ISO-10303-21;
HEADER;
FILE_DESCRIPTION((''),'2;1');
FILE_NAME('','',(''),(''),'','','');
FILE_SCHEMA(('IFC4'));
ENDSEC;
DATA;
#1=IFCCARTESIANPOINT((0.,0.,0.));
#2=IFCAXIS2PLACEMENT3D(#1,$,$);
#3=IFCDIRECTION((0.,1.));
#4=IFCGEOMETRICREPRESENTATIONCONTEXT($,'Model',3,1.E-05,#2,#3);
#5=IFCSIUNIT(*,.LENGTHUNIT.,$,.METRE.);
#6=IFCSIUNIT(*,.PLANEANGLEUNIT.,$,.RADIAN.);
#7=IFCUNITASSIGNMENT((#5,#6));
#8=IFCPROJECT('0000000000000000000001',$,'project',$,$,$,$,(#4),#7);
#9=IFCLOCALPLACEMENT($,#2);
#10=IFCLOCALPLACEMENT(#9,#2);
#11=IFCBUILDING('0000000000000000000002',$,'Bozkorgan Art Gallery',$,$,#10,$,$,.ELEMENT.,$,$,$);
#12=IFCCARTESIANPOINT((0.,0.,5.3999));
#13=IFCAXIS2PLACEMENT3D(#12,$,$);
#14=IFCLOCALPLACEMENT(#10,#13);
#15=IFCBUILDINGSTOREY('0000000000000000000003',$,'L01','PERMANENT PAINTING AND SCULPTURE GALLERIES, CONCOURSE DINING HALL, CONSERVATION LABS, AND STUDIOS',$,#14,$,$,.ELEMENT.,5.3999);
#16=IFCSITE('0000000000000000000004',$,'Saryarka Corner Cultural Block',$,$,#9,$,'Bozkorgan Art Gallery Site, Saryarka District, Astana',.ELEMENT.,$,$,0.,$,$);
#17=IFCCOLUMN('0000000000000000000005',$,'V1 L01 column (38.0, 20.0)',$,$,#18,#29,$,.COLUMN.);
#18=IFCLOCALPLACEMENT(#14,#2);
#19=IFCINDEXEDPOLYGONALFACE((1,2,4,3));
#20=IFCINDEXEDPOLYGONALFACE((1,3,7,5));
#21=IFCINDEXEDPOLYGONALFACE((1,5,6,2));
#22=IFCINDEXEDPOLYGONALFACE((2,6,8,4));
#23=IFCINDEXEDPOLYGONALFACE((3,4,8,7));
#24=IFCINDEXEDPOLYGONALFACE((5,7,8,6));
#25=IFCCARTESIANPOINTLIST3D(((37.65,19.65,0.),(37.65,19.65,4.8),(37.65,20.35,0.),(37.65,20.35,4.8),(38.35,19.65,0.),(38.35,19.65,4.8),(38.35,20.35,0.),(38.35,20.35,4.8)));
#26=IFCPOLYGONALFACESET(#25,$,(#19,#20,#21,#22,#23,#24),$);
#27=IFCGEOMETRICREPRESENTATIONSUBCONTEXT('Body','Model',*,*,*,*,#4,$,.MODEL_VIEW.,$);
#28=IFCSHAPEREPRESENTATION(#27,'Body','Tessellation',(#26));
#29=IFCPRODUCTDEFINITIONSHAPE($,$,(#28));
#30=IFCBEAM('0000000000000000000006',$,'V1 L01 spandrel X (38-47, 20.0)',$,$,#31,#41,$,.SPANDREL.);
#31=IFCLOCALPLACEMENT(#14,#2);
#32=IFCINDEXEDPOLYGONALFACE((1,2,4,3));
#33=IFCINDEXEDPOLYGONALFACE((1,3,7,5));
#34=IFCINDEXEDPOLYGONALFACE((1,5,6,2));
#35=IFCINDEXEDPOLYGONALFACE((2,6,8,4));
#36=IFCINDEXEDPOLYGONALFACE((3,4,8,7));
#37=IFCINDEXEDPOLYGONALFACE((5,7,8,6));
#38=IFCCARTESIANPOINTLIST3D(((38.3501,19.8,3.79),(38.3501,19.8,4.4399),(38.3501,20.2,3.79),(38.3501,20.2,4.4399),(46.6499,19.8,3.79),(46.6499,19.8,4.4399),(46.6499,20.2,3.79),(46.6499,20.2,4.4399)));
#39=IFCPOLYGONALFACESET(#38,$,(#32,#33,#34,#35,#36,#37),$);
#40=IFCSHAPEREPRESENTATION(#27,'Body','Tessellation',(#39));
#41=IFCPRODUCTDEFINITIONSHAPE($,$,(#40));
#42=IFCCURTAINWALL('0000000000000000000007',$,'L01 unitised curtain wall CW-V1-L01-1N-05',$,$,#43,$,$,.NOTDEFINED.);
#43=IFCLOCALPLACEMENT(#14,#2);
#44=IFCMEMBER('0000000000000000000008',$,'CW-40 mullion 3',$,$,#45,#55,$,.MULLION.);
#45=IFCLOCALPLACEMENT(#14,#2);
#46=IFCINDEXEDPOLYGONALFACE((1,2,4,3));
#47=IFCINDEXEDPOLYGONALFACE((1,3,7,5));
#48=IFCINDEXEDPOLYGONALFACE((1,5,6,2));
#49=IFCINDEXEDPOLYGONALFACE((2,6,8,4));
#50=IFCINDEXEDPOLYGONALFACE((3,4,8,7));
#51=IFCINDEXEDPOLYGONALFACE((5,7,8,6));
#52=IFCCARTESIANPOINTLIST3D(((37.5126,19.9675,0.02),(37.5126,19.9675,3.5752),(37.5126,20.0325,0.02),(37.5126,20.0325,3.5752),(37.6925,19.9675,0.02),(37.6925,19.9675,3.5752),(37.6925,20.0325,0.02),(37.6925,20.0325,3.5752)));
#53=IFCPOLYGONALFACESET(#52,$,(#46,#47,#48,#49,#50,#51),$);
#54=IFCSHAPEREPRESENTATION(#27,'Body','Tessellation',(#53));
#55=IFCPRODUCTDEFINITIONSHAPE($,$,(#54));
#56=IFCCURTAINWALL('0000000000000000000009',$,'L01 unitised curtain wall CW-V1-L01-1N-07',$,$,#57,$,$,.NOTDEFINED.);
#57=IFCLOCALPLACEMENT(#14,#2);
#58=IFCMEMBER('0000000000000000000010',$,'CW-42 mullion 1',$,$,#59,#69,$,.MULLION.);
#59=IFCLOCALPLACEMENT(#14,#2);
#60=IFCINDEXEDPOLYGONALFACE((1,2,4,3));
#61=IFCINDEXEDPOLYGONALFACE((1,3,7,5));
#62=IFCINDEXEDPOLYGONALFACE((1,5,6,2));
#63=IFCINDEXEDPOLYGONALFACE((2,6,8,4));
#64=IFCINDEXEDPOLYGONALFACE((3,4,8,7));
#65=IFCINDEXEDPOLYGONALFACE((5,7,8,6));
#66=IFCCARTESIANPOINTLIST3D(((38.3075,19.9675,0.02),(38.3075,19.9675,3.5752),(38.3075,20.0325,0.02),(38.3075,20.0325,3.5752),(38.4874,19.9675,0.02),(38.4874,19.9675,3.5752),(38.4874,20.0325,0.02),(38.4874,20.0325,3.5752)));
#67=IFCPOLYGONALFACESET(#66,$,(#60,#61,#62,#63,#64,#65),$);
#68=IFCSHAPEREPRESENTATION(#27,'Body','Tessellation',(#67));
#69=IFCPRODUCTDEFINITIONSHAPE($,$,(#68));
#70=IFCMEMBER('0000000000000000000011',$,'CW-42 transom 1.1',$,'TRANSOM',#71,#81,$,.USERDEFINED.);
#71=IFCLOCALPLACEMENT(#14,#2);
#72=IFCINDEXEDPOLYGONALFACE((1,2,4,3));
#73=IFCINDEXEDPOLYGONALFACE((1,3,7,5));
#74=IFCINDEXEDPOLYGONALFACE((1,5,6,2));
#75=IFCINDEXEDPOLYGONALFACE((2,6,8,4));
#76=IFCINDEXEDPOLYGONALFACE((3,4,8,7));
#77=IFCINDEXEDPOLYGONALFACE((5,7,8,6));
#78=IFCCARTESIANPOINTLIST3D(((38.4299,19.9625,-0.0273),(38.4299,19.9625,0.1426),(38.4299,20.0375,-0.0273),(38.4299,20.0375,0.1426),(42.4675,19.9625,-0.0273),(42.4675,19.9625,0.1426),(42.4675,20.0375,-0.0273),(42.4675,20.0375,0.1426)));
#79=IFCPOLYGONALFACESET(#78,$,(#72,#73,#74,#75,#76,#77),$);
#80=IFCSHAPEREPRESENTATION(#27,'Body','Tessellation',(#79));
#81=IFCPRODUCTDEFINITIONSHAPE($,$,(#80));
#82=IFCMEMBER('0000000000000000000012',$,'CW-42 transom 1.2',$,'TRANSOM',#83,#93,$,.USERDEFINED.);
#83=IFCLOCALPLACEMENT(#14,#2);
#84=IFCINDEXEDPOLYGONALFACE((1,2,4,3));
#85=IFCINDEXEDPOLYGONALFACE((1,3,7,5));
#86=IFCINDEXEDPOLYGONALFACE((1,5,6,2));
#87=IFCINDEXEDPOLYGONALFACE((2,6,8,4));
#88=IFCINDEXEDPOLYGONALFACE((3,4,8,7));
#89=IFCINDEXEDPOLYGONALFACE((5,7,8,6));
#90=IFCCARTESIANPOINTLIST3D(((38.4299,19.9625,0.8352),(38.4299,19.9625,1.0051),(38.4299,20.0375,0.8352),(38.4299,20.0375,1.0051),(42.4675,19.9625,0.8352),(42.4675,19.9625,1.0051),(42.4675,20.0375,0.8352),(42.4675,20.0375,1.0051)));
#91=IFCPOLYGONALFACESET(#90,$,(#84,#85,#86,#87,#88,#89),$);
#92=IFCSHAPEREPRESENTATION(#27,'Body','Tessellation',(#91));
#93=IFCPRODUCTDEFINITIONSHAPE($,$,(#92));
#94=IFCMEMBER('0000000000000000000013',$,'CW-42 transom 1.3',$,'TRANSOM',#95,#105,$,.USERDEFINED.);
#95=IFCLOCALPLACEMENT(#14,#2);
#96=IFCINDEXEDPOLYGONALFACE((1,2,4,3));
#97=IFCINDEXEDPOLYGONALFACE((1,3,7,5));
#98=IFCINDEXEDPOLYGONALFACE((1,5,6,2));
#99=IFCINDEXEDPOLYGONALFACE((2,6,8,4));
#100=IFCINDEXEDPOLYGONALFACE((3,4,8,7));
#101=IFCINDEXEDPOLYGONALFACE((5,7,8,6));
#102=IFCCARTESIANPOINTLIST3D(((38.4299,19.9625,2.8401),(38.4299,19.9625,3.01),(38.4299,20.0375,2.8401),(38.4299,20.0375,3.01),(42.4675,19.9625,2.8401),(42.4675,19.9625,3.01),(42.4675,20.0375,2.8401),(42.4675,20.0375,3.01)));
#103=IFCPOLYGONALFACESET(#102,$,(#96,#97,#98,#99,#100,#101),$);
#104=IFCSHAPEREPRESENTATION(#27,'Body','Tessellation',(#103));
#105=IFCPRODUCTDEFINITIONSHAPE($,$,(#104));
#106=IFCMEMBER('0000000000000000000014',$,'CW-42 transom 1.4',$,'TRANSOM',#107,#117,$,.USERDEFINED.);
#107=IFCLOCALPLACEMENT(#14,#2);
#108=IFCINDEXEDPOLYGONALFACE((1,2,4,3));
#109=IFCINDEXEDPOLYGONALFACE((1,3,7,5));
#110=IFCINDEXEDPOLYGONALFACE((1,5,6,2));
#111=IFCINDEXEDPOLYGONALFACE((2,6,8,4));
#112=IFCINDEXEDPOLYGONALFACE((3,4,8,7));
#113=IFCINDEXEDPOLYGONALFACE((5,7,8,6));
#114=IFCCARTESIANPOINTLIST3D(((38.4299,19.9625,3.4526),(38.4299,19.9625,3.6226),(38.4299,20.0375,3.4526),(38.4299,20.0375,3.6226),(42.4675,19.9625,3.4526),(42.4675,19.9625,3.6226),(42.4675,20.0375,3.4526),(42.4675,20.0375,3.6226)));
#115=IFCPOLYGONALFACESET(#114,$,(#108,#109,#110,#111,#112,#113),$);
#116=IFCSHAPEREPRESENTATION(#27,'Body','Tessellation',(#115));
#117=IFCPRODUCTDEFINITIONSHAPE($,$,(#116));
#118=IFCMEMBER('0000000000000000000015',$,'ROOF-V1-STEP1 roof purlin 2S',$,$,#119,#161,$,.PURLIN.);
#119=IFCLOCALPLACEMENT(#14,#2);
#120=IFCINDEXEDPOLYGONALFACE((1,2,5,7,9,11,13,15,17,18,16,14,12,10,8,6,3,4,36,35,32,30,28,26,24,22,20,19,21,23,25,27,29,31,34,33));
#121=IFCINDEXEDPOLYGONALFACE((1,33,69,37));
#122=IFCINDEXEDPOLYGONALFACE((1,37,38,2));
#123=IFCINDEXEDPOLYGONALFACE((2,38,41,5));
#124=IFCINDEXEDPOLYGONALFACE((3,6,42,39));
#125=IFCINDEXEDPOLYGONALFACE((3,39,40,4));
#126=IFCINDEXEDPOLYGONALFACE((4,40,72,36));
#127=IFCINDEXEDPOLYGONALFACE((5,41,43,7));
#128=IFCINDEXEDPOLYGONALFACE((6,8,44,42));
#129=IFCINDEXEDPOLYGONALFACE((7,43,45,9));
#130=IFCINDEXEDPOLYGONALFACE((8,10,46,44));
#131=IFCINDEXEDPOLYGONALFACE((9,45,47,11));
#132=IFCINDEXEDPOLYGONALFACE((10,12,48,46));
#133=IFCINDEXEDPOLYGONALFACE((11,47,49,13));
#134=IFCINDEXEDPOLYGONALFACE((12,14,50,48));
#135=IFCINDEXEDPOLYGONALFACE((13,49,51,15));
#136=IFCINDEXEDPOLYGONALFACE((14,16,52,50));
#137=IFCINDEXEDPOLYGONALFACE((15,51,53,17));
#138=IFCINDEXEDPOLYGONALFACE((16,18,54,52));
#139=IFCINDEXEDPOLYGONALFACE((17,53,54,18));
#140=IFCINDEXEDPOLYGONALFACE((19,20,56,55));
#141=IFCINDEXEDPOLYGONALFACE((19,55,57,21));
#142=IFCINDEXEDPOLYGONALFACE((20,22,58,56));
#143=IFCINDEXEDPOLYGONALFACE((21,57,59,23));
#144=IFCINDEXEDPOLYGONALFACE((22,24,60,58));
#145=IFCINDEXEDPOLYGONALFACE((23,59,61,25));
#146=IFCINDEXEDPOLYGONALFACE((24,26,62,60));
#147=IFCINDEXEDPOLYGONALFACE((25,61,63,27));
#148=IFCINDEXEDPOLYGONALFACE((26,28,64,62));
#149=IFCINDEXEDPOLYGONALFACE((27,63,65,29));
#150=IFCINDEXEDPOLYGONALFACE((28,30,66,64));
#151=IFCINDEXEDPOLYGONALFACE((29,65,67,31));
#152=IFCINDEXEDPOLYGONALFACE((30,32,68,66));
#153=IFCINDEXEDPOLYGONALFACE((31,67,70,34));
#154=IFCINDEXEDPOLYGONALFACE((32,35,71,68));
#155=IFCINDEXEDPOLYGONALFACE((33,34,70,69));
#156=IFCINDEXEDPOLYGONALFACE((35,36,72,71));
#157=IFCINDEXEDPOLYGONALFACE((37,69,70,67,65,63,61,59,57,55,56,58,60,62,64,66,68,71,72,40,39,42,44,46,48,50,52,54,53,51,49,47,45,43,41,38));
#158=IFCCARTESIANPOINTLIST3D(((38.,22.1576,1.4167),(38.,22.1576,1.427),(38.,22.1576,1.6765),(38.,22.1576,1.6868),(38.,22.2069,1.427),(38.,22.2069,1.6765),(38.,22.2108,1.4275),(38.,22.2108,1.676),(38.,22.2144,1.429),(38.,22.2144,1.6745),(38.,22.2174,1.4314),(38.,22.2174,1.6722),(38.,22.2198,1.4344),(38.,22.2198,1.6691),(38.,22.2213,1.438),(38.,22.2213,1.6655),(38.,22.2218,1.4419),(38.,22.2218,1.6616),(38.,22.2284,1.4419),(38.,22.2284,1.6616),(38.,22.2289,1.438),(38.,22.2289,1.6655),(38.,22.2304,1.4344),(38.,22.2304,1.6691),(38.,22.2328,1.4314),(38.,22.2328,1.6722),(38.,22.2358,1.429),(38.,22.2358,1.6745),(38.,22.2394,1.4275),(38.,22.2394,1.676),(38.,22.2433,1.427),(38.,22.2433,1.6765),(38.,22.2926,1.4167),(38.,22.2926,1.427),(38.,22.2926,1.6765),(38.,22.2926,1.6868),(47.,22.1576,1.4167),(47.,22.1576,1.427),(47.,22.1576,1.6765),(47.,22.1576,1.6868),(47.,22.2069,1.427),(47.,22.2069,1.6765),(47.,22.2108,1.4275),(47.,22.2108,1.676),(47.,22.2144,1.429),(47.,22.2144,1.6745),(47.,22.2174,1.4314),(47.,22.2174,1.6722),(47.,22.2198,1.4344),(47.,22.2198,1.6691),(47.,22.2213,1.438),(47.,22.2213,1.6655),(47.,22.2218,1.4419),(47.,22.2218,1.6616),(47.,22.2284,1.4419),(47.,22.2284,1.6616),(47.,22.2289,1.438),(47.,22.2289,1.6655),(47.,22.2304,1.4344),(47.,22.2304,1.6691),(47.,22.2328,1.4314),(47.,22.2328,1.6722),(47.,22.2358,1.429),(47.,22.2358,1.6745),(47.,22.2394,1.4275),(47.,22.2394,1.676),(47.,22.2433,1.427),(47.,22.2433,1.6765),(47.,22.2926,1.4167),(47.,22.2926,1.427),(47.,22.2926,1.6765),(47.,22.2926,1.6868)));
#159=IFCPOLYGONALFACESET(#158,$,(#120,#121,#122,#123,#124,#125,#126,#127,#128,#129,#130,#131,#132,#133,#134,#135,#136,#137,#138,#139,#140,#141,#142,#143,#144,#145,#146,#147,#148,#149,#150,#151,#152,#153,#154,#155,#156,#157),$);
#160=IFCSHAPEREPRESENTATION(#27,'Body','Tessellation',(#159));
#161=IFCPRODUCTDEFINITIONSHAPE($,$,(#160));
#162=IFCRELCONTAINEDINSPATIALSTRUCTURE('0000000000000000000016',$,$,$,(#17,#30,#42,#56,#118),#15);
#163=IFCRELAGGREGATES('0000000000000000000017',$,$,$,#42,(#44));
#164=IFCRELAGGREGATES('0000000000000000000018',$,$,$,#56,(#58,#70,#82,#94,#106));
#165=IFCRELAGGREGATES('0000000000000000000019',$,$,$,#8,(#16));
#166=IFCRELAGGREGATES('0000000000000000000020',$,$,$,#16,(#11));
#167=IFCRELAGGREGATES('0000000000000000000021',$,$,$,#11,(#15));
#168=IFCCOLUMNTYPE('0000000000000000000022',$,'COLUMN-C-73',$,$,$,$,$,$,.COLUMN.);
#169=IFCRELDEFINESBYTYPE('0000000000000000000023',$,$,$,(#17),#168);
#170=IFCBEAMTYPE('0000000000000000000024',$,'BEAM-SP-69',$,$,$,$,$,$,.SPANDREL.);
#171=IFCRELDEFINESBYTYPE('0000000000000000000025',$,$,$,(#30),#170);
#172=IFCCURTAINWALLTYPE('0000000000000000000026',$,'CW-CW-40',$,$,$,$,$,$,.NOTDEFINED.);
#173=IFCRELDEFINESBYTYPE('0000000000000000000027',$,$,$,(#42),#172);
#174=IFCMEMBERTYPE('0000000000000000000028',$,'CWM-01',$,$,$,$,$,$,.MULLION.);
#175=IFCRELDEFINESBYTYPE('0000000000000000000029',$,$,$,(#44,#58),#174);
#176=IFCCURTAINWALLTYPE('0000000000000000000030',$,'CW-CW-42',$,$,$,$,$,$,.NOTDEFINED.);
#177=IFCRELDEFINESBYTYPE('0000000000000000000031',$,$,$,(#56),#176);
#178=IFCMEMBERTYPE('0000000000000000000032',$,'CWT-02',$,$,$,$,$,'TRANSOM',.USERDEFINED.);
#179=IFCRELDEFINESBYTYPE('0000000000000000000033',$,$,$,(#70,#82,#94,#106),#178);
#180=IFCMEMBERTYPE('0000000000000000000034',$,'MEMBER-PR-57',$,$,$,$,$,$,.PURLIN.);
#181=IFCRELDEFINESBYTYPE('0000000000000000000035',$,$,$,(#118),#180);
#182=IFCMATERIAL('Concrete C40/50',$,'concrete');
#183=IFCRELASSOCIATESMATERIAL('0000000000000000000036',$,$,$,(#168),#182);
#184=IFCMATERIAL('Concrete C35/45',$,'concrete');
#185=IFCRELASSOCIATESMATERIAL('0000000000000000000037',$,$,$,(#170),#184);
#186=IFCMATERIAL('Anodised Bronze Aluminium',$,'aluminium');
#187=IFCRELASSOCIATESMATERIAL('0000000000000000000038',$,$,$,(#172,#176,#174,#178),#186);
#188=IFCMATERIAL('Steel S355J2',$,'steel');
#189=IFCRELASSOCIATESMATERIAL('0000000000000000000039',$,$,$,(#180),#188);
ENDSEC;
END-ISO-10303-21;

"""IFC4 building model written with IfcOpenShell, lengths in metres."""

from ifc_helpers import new_model, si_unit, direction, frame, origin, origin_2d, place, context, subcontext, project, spatial, rectangle, i_section, extrude, material, material_profile, profile_set, type_object, element, aggregate, save


model = new_model("IFC4")

# Units and contexts
model_context = context("Model", 3, precision=1e-05, world=origin(), true_north=direction((0.0, 1.0)))
body_context = subcontext(model_context, "Body", "Model", "MODEL_VIEW")
ifc_project = project(units=[si_unit("LENGTHUNIT", "METRE"), si_unit("PLANEANGLEUNIT", "RADIAN")], contexts=[model_context])

# Site, building, storey
site_placement = place(None, origin())
site = spatial("IfcSite", under=ifc_project, at=site_placement, Name="Saryarka Corner Cultural Block", LongName="Bozkorgan Art Gallery Site, Saryarka District, Astana", CompositionType="ELEMENT", RefElevation=0.0)
building_placement = place(site_placement, origin())
building = spatial("IfcBuilding", under=site, at=building_placement, Name="Bozkorgan Art Gallery", CompositionType="ELEMENT")
storey_placement = place(building_placement, frame((0.0, 0.0, 5.3999)))
storey = spatial("IfcBuildingStorey", under=building, at=storey_placement, Name="L01", Description="PERMANENT PAINTING AND SCULPTURE GALLERIES, CONCOURSE DINING HALL, CONSERVATION LABS, AND STUDIOS", CompositionType="ELEMENT", Elevation=5.3999)

# Column
ifc_material_1 = material(Name="Concrete C40/50", Category="concrete")
ifc_material_profile_1 = material_profile(ifc_material_1, rectangle(XDim=0.7, YDim=0.7, at=origin_2d()), Name="RC 700x700")
ifc_profile_set_1 = profile_set([ifc_material_profile_1], Name="Concrete C40/50")
column_type = type_object("IfcColumnType", Name="COLUMN-C-73", PredefinedType="COLUMN", material=ifc_profile_set_1)
column_placement = place(storey_placement, frame((38.0, 20.0, 0.0), z_axis=(0.0, 0.0, 1.0), x_axis=(1.0, 0.0, 0.0)))
element("IfcColumn", 1, at=column_placement, inside=storey, type_object=column_type, Name="V1 L01 column (38.0, 20.0)", PredefinedType="COLUMN", context=body_context, shape_type="SweptSolid", body=[
    extrude(rectangle(XDim=0.7, YDim=0.7, at=origin_2d()), origin(), (0.0, 0.0, 1.0), 4.8),
])

# Beam
ifc_material_2 = material(Name="Concrete C35/45", Category="concrete")
ifc_material_profile_2 = material_profile(ifc_material_2, rectangle(XDim=0.3999, YDim=0.6499, at=origin_2d()), Name="RC 400x650")
ifc_profile_set_2 = profile_set([ifc_material_profile_2], Name="Concrete C35/45")
beam_type = type_object("IfcBeamType", Name="BEAM-SP-69", PredefinedType="SPANDREL", material=ifc_profile_set_2)
beam_placement = place(storey_placement, frame((38.3501, 20.0, 4.115), z_axis=(1.0, 0.0, 0.0), x_axis=(0.0, 1.0, 0.0)))
element("IfcBeam", 2, at=beam_placement, inside=storey, type_object=beam_type, Name="V1 L01 spandrel X (38-47, 20.0)", PredefinedType="SPANDREL", context=body_context, shape_type="SweptSolid", body=[
    extrude(rectangle(XDim=0.3999, YDim=0.6499, at=origin_2d()), origin(), (0.0, 0.0, 1.0), 8.2998),
])

# Curtain wall, member
ifc_material_3 = material(Name="Anodised Bronze Aluminium", Category="aluminium")
curtain_wall_type_1 = type_object("IfcCurtainWallType", Name="CW-CW-40", PredefinedType="NOTDEFINED", material=ifc_material_3)
curtain_wall_1_placement = place(storey_placement, origin())
curtain_wall_1 = element("IfcCurtainWall", 3, at=curtain_wall_1_placement, inside=storey, type_object=curtain_wall_type_1, Name="L01 unitised curtain wall CW-V1-L01-1N-05", PredefinedType="NOTDEFINED")
ifc_material_profile_3 = material_profile(ifc_material_3, rectangle(XDim=0.0649, YDim=0.1799, at=origin_2d()), Name="ALU MULLION 65x180")
ifc_profile_set_3 = profile_set([ifc_material_profile_3], Name="Anodised Bronze Aluminium")
member_type_1 = type_object("IfcMemberType", Name="CWM-01", PredefinedType="MULLION", material=ifc_profile_set_3)
member_1_placement = place(storey_placement, frame((37.6025, 20.0, 0.02), z_axis=(0.0, 0.0, 1.0), x_axis=(0.0, 1.0, 0.0)))
member_1 = element("IfcMember", 4, at=member_1_placement, type_object=member_type_1, Name="CW-40 mullion 3", PredefinedType="MULLION", context=body_context, shape_type="SweptSolid", body=[
    extrude(rectangle(XDim=0.0649, YDim=0.1799, at=origin_2d()), origin(), (0.0, 0.0, 1.0), 3.5552),
])

# Curtain wall, members
curtain_wall_type_2 = type_object("IfcCurtainWallType", Name="CW-CW-42", PredefinedType="NOTDEFINED", material=ifc_material_3)
curtain_wall_2_placement = place(storey_placement, origin())
curtain_wall_2 = element("IfcCurtainWall", 5, at=curtain_wall_2_placement, inside=storey, type_object=curtain_wall_type_2, Name="L01 unitised curtain wall CW-V1-L01-1N-07", PredefinedType="NOTDEFINED")
member_2_placement = place(storey_placement, frame((38.3975, 20.0, 0.02), z_axis=(0.0, 0.0, 1.0), x_axis=(0.0, 1.0, 0.0)))
member_2 = element("IfcMember", 6, at=member_2_placement, type_object=member_type_1, Name="CW-42 mullion 1", PredefinedType="MULLION", context=body_context, shape_type="SweptSolid", body=[
    extrude(rectangle(XDim=0.0649, YDim=0.1799, at=origin_2d()), origin(), (0.0, 0.0, 1.0), 3.5552),
])
ifc_material_profile_4 = material_profile(ifc_material_3, rectangle(XDim=0.075, YDim=0.1699, at=origin_2d()), Name="ALU TRANSOM 75x170")
ifc_profile_set_4 = profile_set([ifc_material_profile_4], Name="Anodised Bronze Aluminium")
member_type_2 = type_object("IfcMemberType", Name="CWT-02", ElementType="TRANSOM", PredefinedType="USERDEFINED", material=ifc_profile_set_4)
member_3_placement = place(storey_placement, frame((38.4299, 20.0, 0.0576), z_axis=(1.0, 0.0, 0.0), x_axis=(0.0, 1.0, 0.0)))
member_3 = element("IfcMember", 7, at=member_3_placement, type_object=member_type_2, Name="CW-42 transom 1.1", ObjectType="TRANSOM", PredefinedType="USERDEFINED", context=body_context, shape_type="SweptSolid", body=[
    extrude(rectangle(XDim=0.075, YDim=0.1699, at=origin_2d()), origin(), (0.0, 0.0, 1.0), 4.0376),
])
member_4_placement = place(storey_placement, frame((38.4299, 20.0, 0.9202), z_axis=(1.0, 0.0, 0.0), x_axis=(0.0, 1.0, 0.0)))
member_4 = element("IfcMember", 8, at=member_4_placement, type_object=member_type_2, Name="CW-42 transom 1.2", ObjectType="TRANSOM", PredefinedType="USERDEFINED", context=body_context, shape_type="SweptSolid", body=[
    extrude(rectangle(XDim=0.075, YDim=0.1699, at=origin_2d()), origin(), (0.0, 0.0, 1.0), 4.0376),
])
member_5_placement = place(storey_placement, frame((38.4299, 20.0, 2.925), z_axis=(1.0, 0.0, 0.0), x_axis=(0.0, 1.0, 0.0)))
member_5 = element("IfcMember", 9, at=member_5_placement, type_object=member_type_2, Name="CW-42 transom 1.3", ObjectType="TRANSOM", PredefinedType="USERDEFINED", context=body_context, shape_type="SweptSolid", body=[
    extrude(rectangle(XDim=0.075, YDim=0.1699, at=origin_2d()), origin(), (0.0, 0.0, 1.0), 4.0376),
])
member_6_placement = place(storey_placement, frame((38.4299, 20.0, 3.5376), z_axis=(1.0, 0.0, 0.0), x_axis=(0.0, 1.0, 0.0)))
member_6 = element("IfcMember", 10, at=member_6_placement, type_object=member_type_2, Name="CW-42 transom 1.4", ObjectType="TRANSOM", PredefinedType="USERDEFINED", context=body_context, shape_type="SweptSolid", body=[
    extrude(rectangle(XDim=0.075, YDim=0.1699, at=origin_2d()), origin(), (0.0, 0.0, 1.0), 4.0376),
])

# Member
ifc_material_4 = material(Name="Steel S355J2", Category="steel")
ifc_material_profile_5 = material_profile(ifc_material_4, i_section(OverallWidth=0.135, OverallDepth=0.27, WebThickness=0.0066, FlangeThickness=0.0103, FilletRadius=0.0149, at=origin_2d()), Name="IPE 270")
ifc_profile_set_5 = profile_set([ifc_material_profile_5], Name="Steel S355J2")
member_type_3 = type_object("IfcMemberType", Name="MEMBER-PR-57", PredefinedType="PURLIN", material=ifc_profile_set_5)
member_7_placement = place(storey_placement, frame((38.0, 22.2251, 1.5518), z_axis=(1.0, 0.0, 0.0), x_axis=(0.0, 1.0, 0.0)))
element("IfcMember", 11, at=member_7_placement, inside=storey, type_object=member_type_3, Name="ROOF-V1-STEP1 roof purlin 2S", PredefinedType="PURLIN", context=body_context, shape_type="SweptSolid", body=[
    extrude(i_section(OverallWidth=0.135, OverallDepth=0.27, WebThickness=0.0066, FlangeThickness=0.0103, FilletRadius=0.0149, at=origin_2d()), origin(), (0.0, 0.0, 1.0), 9.0),
])

aggregate(curtain_wall_1, [member_1])
aggregate(curtain_wall_2, [member_2, member_3, member_4, member_5, member_6])

save(model, "model.ifc")
